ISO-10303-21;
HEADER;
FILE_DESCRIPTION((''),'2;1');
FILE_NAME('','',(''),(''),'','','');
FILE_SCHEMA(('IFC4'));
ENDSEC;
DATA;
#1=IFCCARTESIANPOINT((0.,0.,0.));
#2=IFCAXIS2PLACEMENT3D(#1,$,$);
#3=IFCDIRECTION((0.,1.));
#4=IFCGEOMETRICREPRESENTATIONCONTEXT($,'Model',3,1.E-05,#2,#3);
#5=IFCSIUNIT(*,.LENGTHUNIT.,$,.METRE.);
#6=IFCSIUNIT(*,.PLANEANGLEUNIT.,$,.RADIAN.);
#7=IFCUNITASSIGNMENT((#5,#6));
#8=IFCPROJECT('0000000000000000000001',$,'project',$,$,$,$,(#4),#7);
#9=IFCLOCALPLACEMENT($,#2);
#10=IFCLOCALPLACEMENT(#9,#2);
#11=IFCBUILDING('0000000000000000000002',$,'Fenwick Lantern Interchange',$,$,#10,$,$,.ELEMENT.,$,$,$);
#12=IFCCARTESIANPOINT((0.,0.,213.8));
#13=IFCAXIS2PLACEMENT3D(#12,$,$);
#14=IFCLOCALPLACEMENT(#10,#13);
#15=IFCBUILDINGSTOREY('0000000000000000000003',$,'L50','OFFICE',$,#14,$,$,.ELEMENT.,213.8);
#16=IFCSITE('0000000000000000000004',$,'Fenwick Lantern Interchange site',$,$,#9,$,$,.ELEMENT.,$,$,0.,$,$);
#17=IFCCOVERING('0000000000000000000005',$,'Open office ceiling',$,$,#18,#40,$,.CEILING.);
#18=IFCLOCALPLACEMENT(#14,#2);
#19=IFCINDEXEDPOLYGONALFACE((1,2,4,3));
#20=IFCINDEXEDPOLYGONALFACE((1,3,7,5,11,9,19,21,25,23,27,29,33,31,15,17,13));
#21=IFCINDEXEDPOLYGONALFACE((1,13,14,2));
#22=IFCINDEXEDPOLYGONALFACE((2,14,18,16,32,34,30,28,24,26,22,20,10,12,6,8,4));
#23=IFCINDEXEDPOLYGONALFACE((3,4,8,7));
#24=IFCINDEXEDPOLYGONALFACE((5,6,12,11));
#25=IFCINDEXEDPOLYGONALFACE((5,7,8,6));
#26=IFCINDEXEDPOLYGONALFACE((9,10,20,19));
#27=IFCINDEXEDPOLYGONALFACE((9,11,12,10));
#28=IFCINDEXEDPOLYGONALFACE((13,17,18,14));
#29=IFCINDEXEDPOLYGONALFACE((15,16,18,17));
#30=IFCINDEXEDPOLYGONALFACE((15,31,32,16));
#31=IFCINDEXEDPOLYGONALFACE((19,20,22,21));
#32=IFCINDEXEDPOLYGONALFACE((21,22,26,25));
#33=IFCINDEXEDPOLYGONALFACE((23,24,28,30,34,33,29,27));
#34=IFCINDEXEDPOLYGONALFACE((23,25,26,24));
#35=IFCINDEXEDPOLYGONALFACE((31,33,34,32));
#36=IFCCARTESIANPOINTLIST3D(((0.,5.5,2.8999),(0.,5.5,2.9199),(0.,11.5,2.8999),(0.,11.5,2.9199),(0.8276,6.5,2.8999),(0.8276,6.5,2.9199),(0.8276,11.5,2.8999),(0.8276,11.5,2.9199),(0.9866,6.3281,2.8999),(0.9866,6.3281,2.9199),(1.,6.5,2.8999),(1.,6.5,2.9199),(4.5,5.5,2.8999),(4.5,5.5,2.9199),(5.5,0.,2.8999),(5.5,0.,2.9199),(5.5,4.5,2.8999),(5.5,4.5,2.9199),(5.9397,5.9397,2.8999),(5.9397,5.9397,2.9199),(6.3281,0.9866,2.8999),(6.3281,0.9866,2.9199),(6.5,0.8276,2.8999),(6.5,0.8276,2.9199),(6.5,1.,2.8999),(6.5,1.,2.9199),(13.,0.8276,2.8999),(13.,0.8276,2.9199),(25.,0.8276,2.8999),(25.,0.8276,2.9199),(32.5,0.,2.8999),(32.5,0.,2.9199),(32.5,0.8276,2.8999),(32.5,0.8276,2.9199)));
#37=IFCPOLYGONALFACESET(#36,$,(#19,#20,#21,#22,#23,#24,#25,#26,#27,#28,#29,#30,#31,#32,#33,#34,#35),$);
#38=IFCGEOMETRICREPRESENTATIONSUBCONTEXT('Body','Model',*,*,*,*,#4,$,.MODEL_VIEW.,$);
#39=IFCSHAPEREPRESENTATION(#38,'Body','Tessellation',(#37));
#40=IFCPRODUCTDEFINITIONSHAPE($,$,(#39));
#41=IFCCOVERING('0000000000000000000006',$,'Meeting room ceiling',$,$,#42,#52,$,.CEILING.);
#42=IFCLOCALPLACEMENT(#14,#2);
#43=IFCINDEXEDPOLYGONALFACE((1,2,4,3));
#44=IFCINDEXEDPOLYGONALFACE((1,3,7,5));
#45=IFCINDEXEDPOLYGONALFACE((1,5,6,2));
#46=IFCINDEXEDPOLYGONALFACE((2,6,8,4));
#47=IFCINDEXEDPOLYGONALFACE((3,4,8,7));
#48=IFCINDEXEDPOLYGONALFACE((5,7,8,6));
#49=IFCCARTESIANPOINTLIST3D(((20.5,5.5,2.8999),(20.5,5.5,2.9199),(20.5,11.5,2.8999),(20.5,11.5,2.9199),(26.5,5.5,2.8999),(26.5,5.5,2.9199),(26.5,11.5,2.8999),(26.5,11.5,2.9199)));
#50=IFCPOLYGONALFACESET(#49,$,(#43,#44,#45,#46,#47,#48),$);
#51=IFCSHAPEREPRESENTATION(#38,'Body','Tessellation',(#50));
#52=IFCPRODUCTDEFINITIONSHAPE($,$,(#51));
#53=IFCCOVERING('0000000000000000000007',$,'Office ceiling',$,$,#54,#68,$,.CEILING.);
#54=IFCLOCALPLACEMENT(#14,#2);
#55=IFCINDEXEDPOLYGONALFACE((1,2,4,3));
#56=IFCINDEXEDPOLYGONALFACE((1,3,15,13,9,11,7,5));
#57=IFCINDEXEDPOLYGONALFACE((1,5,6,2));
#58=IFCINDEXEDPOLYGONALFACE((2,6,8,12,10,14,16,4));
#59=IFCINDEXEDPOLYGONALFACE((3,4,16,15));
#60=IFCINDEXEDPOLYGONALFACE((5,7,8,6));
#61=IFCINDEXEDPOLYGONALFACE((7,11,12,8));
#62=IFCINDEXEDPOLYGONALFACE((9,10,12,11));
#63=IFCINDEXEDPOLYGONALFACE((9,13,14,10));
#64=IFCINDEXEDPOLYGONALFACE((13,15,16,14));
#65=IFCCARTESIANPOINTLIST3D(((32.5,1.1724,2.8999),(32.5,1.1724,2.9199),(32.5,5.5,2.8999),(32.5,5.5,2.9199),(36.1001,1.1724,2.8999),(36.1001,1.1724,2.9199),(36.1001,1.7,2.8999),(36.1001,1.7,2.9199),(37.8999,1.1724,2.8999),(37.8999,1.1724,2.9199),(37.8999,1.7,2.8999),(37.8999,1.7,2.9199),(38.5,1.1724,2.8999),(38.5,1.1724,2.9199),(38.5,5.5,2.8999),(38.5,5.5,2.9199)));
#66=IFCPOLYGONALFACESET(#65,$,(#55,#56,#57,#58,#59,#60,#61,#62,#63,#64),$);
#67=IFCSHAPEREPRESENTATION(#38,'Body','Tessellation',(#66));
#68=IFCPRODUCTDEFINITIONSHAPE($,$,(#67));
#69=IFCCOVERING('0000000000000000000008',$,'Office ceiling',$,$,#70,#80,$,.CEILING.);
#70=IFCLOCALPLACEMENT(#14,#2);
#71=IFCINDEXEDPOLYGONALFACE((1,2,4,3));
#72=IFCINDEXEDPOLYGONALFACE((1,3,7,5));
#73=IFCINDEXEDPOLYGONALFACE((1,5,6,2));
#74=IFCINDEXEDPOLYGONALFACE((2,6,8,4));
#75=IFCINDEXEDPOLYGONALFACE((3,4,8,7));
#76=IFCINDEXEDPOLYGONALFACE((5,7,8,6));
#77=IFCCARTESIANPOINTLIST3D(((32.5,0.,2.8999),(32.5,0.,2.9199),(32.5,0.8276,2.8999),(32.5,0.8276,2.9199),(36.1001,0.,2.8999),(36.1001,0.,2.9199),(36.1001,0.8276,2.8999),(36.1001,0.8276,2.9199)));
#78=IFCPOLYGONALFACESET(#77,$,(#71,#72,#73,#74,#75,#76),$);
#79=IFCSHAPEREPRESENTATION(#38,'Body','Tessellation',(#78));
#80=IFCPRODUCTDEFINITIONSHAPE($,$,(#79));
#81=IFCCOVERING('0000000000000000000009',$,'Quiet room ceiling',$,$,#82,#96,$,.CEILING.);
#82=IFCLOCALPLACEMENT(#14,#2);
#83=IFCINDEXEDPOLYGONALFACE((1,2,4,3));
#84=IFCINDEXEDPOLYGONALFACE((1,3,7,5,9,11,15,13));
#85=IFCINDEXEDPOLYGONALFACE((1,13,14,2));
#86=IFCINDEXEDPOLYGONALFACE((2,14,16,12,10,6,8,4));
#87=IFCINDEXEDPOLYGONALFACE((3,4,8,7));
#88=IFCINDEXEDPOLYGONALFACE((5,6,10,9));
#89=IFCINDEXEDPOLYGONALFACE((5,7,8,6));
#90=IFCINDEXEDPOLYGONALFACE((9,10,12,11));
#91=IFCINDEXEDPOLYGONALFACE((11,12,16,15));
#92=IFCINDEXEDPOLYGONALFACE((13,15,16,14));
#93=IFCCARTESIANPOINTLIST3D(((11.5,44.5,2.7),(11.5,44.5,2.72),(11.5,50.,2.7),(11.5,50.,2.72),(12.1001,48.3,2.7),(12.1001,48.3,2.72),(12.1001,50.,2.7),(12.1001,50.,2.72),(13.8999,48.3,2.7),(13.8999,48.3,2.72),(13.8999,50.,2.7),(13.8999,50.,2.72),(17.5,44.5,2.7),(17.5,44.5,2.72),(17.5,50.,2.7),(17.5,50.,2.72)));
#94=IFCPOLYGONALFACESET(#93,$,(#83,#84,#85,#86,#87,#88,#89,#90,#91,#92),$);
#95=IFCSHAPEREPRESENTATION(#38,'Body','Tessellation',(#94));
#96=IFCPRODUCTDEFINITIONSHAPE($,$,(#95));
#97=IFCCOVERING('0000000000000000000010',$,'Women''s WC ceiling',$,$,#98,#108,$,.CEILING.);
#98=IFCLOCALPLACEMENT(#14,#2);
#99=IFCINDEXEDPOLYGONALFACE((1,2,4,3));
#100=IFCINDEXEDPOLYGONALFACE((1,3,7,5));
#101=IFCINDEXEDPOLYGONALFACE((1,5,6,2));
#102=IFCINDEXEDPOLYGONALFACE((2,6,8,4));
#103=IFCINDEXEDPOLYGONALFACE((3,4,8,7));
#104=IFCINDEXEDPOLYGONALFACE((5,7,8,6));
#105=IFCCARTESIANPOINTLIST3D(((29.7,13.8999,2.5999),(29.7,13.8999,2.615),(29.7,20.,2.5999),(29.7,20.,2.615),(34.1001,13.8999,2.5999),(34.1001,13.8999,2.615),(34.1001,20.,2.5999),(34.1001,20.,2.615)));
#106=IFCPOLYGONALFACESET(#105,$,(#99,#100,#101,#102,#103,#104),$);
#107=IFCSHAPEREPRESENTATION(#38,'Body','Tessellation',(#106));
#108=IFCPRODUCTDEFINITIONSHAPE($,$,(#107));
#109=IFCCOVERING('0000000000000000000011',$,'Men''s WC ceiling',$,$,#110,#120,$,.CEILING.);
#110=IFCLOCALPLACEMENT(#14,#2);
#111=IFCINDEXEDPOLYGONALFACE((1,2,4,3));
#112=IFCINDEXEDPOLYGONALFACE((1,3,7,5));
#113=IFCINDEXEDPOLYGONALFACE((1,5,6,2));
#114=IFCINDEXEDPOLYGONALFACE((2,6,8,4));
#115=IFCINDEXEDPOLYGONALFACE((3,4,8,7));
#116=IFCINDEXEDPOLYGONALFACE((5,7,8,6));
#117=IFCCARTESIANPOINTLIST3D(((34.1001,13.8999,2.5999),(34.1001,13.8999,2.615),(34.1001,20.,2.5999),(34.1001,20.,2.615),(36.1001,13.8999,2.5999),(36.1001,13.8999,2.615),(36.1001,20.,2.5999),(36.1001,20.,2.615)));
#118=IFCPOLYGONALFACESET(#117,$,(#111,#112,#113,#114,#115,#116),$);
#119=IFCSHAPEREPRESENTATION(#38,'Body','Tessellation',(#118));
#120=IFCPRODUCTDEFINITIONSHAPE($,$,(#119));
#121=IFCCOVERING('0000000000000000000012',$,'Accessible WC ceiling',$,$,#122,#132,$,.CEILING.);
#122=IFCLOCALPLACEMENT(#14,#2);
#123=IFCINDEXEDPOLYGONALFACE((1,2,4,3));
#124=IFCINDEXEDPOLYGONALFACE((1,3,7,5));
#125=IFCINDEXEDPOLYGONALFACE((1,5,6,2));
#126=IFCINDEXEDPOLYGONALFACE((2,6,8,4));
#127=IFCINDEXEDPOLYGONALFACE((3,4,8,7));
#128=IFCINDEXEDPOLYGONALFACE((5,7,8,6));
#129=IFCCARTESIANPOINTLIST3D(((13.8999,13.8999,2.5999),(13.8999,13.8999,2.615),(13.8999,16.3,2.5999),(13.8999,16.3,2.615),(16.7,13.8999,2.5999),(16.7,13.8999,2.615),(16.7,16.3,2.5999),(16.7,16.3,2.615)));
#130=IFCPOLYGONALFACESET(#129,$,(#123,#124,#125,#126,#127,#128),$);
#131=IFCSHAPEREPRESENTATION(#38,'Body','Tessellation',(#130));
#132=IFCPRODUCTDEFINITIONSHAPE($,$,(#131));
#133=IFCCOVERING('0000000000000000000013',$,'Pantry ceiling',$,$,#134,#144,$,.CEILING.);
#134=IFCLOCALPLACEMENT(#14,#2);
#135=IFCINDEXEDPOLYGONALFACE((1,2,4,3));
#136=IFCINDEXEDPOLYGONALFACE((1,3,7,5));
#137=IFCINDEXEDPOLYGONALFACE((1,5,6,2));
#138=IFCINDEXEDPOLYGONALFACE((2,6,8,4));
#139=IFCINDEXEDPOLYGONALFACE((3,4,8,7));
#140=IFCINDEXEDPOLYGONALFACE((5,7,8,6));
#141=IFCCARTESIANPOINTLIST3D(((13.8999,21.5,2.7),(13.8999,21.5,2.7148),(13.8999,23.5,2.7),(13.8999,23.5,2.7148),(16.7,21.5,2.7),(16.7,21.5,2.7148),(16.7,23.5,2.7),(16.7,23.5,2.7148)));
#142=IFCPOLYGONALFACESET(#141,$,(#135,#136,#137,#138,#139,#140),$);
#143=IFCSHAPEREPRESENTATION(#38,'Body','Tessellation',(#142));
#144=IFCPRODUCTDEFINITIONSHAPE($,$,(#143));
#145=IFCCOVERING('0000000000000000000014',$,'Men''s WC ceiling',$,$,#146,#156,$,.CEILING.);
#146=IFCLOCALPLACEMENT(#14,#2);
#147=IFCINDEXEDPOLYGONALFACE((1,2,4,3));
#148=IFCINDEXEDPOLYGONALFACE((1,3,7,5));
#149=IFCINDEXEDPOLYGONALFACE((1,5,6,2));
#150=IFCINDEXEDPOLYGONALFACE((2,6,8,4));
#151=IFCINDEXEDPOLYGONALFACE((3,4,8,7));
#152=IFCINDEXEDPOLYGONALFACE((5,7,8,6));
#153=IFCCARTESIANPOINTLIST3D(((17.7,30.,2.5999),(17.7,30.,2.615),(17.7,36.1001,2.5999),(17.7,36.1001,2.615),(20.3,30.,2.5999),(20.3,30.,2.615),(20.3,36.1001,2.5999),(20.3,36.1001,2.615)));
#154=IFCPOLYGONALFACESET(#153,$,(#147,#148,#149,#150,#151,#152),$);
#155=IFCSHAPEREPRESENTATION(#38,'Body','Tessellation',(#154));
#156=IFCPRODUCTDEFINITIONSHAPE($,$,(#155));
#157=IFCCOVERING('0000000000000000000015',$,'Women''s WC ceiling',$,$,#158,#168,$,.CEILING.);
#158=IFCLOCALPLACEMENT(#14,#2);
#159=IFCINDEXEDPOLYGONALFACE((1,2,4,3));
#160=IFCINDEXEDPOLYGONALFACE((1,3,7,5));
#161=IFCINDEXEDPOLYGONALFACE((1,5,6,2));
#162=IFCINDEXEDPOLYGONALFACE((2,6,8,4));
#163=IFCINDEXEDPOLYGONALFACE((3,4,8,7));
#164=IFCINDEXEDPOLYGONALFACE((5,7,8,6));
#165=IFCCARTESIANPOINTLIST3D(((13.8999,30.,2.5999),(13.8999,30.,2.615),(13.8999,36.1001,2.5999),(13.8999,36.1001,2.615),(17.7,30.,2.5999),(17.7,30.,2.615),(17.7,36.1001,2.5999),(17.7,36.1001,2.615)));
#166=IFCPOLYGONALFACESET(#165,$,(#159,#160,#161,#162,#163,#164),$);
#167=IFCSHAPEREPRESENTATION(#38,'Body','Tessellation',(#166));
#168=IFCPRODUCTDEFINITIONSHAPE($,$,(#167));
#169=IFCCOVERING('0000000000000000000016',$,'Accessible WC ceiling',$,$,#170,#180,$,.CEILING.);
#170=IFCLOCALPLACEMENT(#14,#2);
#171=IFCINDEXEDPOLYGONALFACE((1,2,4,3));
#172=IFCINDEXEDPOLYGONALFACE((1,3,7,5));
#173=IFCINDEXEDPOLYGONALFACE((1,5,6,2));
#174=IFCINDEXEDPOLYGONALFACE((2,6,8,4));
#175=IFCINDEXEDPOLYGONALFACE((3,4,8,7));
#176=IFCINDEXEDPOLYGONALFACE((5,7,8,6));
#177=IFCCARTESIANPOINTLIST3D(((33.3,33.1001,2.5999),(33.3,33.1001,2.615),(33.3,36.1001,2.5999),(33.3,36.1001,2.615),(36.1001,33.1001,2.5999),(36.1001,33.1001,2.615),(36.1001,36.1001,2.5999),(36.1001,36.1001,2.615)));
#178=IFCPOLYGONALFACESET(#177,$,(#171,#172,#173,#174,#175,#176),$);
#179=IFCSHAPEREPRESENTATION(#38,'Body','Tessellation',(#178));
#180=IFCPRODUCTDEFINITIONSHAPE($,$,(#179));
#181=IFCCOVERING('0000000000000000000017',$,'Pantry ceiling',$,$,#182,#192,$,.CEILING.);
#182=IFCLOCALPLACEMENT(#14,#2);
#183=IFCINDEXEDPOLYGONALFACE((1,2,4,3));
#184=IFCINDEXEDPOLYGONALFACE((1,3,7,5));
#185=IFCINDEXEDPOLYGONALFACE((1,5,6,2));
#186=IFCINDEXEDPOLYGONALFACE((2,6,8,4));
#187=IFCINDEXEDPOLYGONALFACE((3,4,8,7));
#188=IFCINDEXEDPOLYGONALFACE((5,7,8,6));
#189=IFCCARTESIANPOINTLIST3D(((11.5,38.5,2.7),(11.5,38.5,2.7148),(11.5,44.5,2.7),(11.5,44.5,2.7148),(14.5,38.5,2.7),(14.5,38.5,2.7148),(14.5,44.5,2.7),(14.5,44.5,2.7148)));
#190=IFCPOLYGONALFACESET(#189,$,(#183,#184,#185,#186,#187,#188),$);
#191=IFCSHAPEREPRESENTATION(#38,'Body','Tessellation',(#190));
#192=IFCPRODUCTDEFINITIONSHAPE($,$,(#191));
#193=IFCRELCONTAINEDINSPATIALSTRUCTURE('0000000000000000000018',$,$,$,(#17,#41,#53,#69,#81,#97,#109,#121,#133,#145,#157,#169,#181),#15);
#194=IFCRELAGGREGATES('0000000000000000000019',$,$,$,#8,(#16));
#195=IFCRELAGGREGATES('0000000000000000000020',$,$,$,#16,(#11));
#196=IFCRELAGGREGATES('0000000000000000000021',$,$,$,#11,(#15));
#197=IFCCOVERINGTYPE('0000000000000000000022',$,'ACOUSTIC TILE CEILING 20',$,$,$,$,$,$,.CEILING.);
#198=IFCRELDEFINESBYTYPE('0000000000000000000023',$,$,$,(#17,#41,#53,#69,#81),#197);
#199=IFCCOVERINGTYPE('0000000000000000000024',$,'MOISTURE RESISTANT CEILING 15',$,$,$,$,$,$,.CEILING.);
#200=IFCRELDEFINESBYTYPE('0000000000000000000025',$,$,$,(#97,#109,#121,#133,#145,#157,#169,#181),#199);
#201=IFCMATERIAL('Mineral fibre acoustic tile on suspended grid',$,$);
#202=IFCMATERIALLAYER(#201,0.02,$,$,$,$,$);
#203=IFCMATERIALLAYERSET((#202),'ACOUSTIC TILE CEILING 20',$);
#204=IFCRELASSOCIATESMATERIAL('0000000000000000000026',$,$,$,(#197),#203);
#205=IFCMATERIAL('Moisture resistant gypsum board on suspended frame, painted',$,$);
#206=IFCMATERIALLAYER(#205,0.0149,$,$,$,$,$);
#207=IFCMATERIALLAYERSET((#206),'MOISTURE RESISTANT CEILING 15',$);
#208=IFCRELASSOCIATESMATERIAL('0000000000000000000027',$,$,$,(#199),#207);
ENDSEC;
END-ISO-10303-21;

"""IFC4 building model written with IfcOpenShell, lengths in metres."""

from ifc_helpers import new_model, si_unit, direction, frame, origin, place, context, subcontext, project, spatial, polyline, outline, extrude, material, layer, layer_set, type_object, element, save


model = new_model("IFC4")

# Units and contexts
model_context = context("Model", 3, precision=1e-05, world=origin(), true_north=direction((0.0, 1.0)))
body_context = subcontext(model_context, "Body", "Model", "MODEL_VIEW")
ifc_project = project(units=[si_unit("LENGTHUNIT", "METRE"), si_unit("PLANEANGLEUNIT", "RADIAN")], contexts=[model_context])

# Site, building, storey
site_placement = place(None, origin())
site = spatial("IfcSite", under=ifc_project, at=site_placement, Name="Fenwick Lantern Interchange site", CompositionType="ELEMENT", RefElevation=0.0)
building_placement = place(site_placement, origin())
building = spatial("IfcBuilding", under=site, at=building_placement, Name="Fenwick Lantern Interchange", CompositionType="ELEMENT")
storey_placement = place(building_placement, frame((0.0, 0.0, 213.8)))
storey = spatial("IfcBuildingStorey", under=building, at=storey_placement, Name="L50", Description="OFFICE", CompositionType="ELEMENT", Elevation=213.8)

# Coverings
ifc_material_1 = material(Name="Mineral fibre acoustic tile on suspended grid")
ifc_layer_1 = layer(ifc_material_1, 0.02)
ifc_layer_set_1 = layer_set([ifc_layer_1], Name="ACOUSTIC TILE CEILING 20")
covering_type_1 = type_object("IfcCoveringType", Name="ACOUSTIC TILE CEILING 20", PredefinedType="CEILING", material=ifc_layer_set_1)
covering_1_placement = place(storey_placement, frame((0.0, 0.0, 2.8999)))
element("IfcCovering", 1, at=covering_1_placement, inside=storey, type_object=covering_type_1, Name="Open office ceiling", PredefinedType="CEILING", context=body_context, shape_type="SweptSolid", body=[
    extrude(outline(polyline([(32.5, 0.0), (32.5, 0.8276), (25.0, 0.8276), (13.0, 0.8276), (6.5, 0.8276), (6.5, 1.0), (6.3281, 0.9866), (5.9397, 5.9397), (0.9866, 6.3281), (1.0, 6.5), (0.8276, 6.5), (0.8276, 11.5), (0.0, 11.5), (0.0, 5.5), (4.5, 5.5), (5.5, 4.5), (5.5, 0.0), (32.5, 0.0)])), origin(), (0.0, 0.0, 1.0), 0.02),
])
covering_2_placement = place(storey_placement, frame((0.0, 0.0, 2.8999)))
element("IfcCovering", 2, at=covering_2_placement, inside=storey, type_object=covering_type_1, Name="Meeting room ceiling", PredefinedType="CEILING", context=body_context, shape_type="SweptSolid", body=[
    extrude(outline(polyline([(20.5, 5.5), (26.5, 5.5), (26.5, 11.5), (20.5, 11.5), (20.5, 5.5)])), origin(), (0.0, 0.0, 1.0), 0.02),
])
covering_3_placement = place(storey_placement, frame((0.0, 0.0, 2.8999)))
element("IfcCovering", 3, at=covering_3_placement, inside=storey, type_object=covering_type_1, Name="Office ceiling", PredefinedType="CEILING", context=body_context, shape_type="SweptSolid", body=[
    extrude(outline(polyline([(32.5, 5.5), (32.5, 1.1724), (36.1001, 1.1724), (36.1001, 1.7), (37.8999, 1.7), (37.8999, 1.1724), (38.5, 1.1724), (38.5, 5.5), (32.5, 5.5)])), origin(), (0.0, 0.0, 1.0), 0.02),
])
covering_4_placement = place(storey_placement, frame((0.0, 0.0, 2.8999)))
element("IfcCovering", 4, at=covering_4_placement, inside=storey, type_object=covering_type_1, Name="Office ceiling", PredefinedType="CEILING", context=body_context, shape_type="SweptSolid", body=[
    extrude(outline(polyline([(32.5, 0.8276), (32.5, 0.0), (36.1001, 0.0), (36.1001, 0.8276), (32.5, 0.8276)])), origin(), (0.0, 0.0, 1.0), 0.02),
])
covering_5_placement = place(storey_placement, frame((0.0, 0.0, 2.7)))
element("IfcCovering", 5, at=covering_5_placement, inside=storey, type_object=covering_type_1, Name="Quiet room ceiling", PredefinedType="CEILING", context=body_context, shape_type="SweptSolid", body=[
    extrude(outline(polyline([(17.5, 50.0), (13.8999, 50.0), (13.8999, 48.3), (12.1001, 48.3), (12.1001, 50.0), (11.5, 50.0), (11.5, 44.5), (17.5, 44.5), (17.5, 50.0)])), origin(), (0.0, 0.0, 1.0), 0.02),
])
ifc_material_2 = material(Name="Moisture resistant gypsum board on suspended frame, painted")
ifc_layer_2 = layer(ifc_material_2, 0.0149)
ifc_layer_set_2 = layer_set([ifc_layer_2], Name="MOISTURE RESISTANT CEILING 15")
covering_type_2 = type_object("IfcCoveringType", Name="MOISTURE RESISTANT CEILING 15", PredefinedType="CEILING", material=ifc_layer_set_2)
covering_6_placement = place(storey_placement, frame((0.0, 0.0, 2.5999)))
element("IfcCovering", 6, at=covering_6_placement, inside=storey, type_object=covering_type_2, Name="Women's WC ceiling", PredefinedType="CEILING", context=body_context, shape_type="SweptSolid", body=[
    extrude(outline(polyline([(29.7, 13.8999), (34.1001, 13.8999), (34.1001, 20.0), (29.7, 20.0), (29.7, 13.8999)])), origin(), (0.0, 0.0, 1.0), 0.0151),
])
covering_7_placement = place(storey_placement, frame((0.0, 0.0, 2.5999)))
element("IfcCovering", 7, at=covering_7_placement, inside=storey, type_object=covering_type_2, Name="Men's WC ceiling", PredefinedType="CEILING", context=body_context, shape_type="SweptSolid", body=[
    extrude(outline(polyline([(34.1001, 13.8999), (36.1001, 13.8999), (36.1001, 20.0), (34.1001, 20.0), (34.1001, 13.8999)])), origin(), (0.0, 0.0, 1.0), 0.0151),
])
covering_8_placement = place(storey_placement, frame((0.0, 0.0, 2.5999)))
element("IfcCovering", 8, at=covering_8_placement, inside=storey, type_object=covering_type_2, Name="Accessible WC ceiling", PredefinedType="CEILING", context=body_context, shape_type="SweptSolid", body=[
    extrude(outline(polyline([(13.8999, 13.8999), (16.7, 13.8999), (16.7, 16.3), (13.8999, 16.3), (13.8999, 13.8999)])), origin(), (0.0, 0.0, 1.0), 0.0151),
])
covering_9_placement = place(storey_placement, frame((0.0, 0.0, 2.7)))
element("IfcCovering", 9, at=covering_9_placement, inside=storey, type_object=covering_type_2, Name="Pantry ceiling", PredefinedType="CEILING", context=body_context, shape_type="SweptSolid", body=[
    extrude(outline(polyline([(13.8999, 21.5), (16.7, 21.5), (16.7, 23.5), (13.8999, 23.5), (13.8999, 21.5)])), origin(), (0.0, 0.0, 1.0), 0.0149),
])
covering_10_placement = place(storey_placement, frame((0.0, 0.0, 2.5999)))
element("IfcCovering", 10, at=covering_10_placement, inside=storey, type_object=covering_type_2, Name="Men's WC ceiling", PredefinedType="CEILING", context=body_context, shape_type="SweptSolid", body=[
    extrude(outline(polyline([(20.3, 36.1001), (17.7, 36.1001), (17.7, 30.0), (20.3, 30.0), (20.3, 36.1001)])), origin(), (0.0, 0.0, 1.0), 0.0151),
])
covering_11_placement = place(storey_placement, frame((0.0, 0.0, 2.5999)))
element("IfcCovering", 11, at=covering_11_placement, inside=storey, type_object=covering_type_2, Name="Women's WC ceiling", PredefinedType="CEILING", context=body_context, shape_type="SweptSolid", body=[
    extrude(outline(polyline([(17.7, 36.1001), (13.8999, 36.1001), (13.8999, 30.0), (17.7, 30.0), (17.7, 36.1001)])), origin(), (0.0, 0.0, 1.0), 0.0151),
])
covering_12_placement = place(storey_placement, frame((0.0, 0.0, 2.5999)))
element("IfcCovering", 12, at=covering_12_placement, inside=storey, type_object=covering_type_2, Name="Accessible WC ceiling", PredefinedType="CEILING", context=body_context, shape_type="SweptSolid", body=[
    extrude(outline(polyline([(36.1001, 36.1001), (33.3, 36.1001), (33.3, 33.1001), (36.1001, 33.1001), (36.1001, 36.1001)])), origin(), (0.0, 0.0, 1.0), 0.0151),
])
covering_13_placement = place(storey_placement, frame((0.0, 0.0, 2.7)))
element("IfcCovering", 13, at=covering_13_placement, inside=storey, type_object=covering_type_2, Name="Pantry ceiling", PredefinedType="CEILING", context=body_context, shape_type="SweptSolid", body=[
    extrude(outline(polyline([(14.5, 44.5), (11.5, 44.5), (11.5, 38.5), (14.5, 38.5), (14.5, 44.5)])), origin(), (0.0, 0.0, 1.0), 0.0149),
])

save(model, "model.ifc")
